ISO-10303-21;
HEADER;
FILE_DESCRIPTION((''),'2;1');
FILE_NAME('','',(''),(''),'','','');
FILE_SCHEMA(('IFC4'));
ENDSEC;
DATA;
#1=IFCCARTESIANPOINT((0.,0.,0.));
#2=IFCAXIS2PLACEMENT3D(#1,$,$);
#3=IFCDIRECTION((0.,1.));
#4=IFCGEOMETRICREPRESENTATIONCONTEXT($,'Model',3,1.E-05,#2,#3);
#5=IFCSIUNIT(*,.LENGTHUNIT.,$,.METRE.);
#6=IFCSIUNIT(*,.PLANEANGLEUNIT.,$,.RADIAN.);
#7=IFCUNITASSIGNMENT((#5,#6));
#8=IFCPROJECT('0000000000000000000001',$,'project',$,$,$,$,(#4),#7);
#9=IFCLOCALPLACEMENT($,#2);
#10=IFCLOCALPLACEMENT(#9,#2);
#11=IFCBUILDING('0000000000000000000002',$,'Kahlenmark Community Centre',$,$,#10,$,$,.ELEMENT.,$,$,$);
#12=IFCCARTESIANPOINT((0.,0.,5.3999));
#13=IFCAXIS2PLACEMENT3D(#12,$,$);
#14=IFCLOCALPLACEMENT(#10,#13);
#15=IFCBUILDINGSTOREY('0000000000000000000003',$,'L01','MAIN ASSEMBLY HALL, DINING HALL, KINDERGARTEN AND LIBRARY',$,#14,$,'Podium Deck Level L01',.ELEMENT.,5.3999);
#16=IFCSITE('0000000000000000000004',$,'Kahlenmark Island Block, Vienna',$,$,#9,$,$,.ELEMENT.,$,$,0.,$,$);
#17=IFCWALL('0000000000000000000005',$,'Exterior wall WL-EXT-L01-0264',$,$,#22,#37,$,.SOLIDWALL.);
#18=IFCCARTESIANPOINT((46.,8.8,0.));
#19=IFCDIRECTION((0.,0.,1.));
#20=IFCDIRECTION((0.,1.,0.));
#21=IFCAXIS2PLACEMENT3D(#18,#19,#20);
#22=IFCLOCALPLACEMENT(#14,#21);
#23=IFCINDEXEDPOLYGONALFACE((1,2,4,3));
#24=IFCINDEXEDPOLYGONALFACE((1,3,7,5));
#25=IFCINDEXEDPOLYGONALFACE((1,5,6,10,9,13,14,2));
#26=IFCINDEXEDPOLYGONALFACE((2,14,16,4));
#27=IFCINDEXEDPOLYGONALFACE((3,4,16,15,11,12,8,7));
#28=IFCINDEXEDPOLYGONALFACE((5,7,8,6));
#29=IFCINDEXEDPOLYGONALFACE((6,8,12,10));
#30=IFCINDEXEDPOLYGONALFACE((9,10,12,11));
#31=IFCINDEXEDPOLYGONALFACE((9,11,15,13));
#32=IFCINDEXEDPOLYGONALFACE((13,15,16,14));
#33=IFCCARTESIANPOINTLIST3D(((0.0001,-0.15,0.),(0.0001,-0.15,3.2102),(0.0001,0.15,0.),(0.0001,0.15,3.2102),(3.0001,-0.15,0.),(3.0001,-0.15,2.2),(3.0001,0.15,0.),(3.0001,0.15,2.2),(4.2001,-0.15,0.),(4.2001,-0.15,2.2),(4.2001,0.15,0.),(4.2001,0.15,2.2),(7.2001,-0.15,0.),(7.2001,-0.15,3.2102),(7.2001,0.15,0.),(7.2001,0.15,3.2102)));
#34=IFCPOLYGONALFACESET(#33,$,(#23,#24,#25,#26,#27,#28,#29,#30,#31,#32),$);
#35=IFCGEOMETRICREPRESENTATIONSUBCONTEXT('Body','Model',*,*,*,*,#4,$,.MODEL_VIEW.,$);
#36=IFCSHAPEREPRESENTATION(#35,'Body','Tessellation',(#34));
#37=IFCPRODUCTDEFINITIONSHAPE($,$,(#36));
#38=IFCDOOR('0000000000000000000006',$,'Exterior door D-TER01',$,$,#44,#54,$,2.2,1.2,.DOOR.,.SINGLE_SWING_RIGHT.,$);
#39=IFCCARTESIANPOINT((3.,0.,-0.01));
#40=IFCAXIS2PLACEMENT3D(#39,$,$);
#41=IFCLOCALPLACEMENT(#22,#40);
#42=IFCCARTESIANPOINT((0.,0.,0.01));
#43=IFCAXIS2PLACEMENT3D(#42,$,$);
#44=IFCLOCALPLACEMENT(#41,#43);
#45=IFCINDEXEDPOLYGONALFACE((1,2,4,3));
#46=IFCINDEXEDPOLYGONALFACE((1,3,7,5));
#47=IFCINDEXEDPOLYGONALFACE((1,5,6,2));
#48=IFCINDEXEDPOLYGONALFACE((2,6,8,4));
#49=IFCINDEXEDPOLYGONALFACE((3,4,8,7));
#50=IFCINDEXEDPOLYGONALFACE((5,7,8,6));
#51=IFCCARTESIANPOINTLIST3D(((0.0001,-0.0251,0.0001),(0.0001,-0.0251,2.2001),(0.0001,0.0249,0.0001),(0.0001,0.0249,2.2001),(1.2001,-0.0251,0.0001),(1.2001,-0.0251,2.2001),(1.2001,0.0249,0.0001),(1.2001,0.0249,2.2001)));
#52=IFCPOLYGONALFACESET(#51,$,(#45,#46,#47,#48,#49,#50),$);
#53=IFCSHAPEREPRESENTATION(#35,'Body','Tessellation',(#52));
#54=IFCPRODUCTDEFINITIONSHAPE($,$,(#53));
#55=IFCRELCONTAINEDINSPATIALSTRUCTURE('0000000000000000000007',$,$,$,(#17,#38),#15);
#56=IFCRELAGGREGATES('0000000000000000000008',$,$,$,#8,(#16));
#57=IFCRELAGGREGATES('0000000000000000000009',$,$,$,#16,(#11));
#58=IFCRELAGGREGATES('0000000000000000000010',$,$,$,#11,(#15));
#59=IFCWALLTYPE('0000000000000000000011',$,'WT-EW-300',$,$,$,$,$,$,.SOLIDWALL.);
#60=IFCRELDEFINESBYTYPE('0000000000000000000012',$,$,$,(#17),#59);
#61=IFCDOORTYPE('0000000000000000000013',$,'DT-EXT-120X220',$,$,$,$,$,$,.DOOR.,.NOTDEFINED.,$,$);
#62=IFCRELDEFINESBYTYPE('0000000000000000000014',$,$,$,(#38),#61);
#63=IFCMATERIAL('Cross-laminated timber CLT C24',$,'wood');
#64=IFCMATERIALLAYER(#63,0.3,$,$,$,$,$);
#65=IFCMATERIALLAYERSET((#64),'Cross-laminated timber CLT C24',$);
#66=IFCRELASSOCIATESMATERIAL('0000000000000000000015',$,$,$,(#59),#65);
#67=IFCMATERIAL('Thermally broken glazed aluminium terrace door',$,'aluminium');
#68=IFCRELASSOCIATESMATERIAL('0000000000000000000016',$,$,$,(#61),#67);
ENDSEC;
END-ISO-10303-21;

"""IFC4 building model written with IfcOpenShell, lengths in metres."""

from ifc_helpers import new_model, si_unit, direction, frame, frame_2d, origin, place, context, subcontext, project, spatial, rectangle, extrude, material, layer, layer_set, type_object, element, fill, save


model = new_model("IFC4")

# Units and contexts
model_context = context("Model", 3, precision=1e-05, world=origin(), true_north=direction((0.0, 1.0)))
body_context = subcontext(model_context, "Body", "Model", "MODEL_VIEW")
ifc_project = project(units=[si_unit("LENGTHUNIT", "METRE"), si_unit("PLANEANGLEUNIT", "RADIAN")], contexts=[model_context])

# Site, building, storey
site_placement = place(None, origin())
site = spatial("IfcSite", under=ifc_project, at=site_placement, Name="Kahlenmark Island Block, Vienna", CompositionType="ELEMENT", RefElevation=0.0)
building_placement = place(site_placement, origin())
building = spatial("IfcBuilding", under=site, at=building_placement, Name="Kahlenmark Community Centre", CompositionType="ELEMENT")
storey_placement = place(building_placement, frame((0.0, 0.0, 5.3999)))
storey = spatial("IfcBuildingStorey", under=building, at=storey_placement, Name="L01", Description="MAIN ASSEMBLY HALL, DINING HALL, KINDERGARTEN AND LIBRARY", LongName="Podium Deck Level L01", CompositionType="ELEMENT", Elevation=5.3999)

# Wall, opening, door
ifc_material_1 = material(Name="Cross-laminated timber CLT C24", Category="wood")
ifc_layer_1 = layer(ifc_material_1, 0.3)
ifc_layer_set_1 = layer_set([ifc_layer_1], Name="Cross-laminated timber CLT C24")
wall_type_1 = type_object("IfcWallType", Name="WT-EW-300", PredefinedType="SOLIDWALL", material=ifc_layer_set_1)
wall_1_placement = place(storey_placement, frame((46.0, 8.8, 0.0), z_axis=(0.0, 0.0, 1.0), x_axis=(0.0, 1.0, 0.0)))
wall_1 = element("IfcWall", 1, at=wall_1_placement, inside=storey, type_object=wall_type_1, Name="Exterior wall WL-EXT-L01-0264", PredefinedType="SOLIDWALL", context=body_context, shape_type="SweptSolid", body=[
    extrude(rectangle(XDim=7.2, YDim=0.3, at=frame_2d((3.6001, 0.0))), origin(), (0.0, 0.0, 1.0), 3.2102),
])
opening_placement = place(wall_1_placement, frame((3.0, 0.0, -0.01)))
opening = element("IfcOpeningElement", 2, at=opening_placement, cuts=wall_1, PredefinedType="OPENING", context=body_context, shape_type="SweptSolid", body=[
    extrude(rectangle(XDim=1.2, YDim=2.21, at=frame_2d((0.6001, 1.105))), frame((0.0, 0.1599, 0.0), z_axis=(0.0, -1.0, 0.0), x_axis=(1.0, 0.0, 0.0)), (0.0, 0.0, 1.0), 0.3201),
])
ifc_material_2 = material(Name="Thermally broken glazed aluminium terrace door", Category="aluminium")
door_type = type_object("IfcDoorType", Name="DT-EXT-120X220", OperationType="NOTDEFINED", PredefinedType="DOOR", material=ifc_material_2)
door_placement = place(opening_placement, frame((0.0, 0.0, 0.01)))
door = element("IfcDoor", 3, at=door_placement, inside=storey, type_object=door_type, Name="Exterior door D-TER01", OperationType="SINGLE_SWING_RIGHT", OverallHeight=2.2, OverallWidth=1.2, PredefinedType="DOOR", context=body_context, shape_type="SweptSolid", body=[
    extrude(rectangle(XDim=1.2, YDim=2.2, at=frame_2d((0.6001, 1.1001))), frame((0.0, 0.0249, 0.0), z_axis=(0.0, -1.0, 0.0), x_axis=(1.0, 0.0, 0.0)), (0.0, 0.0, 1.0), 0.05),
])
fill(opening, door)

save(model, "model.ifc")
